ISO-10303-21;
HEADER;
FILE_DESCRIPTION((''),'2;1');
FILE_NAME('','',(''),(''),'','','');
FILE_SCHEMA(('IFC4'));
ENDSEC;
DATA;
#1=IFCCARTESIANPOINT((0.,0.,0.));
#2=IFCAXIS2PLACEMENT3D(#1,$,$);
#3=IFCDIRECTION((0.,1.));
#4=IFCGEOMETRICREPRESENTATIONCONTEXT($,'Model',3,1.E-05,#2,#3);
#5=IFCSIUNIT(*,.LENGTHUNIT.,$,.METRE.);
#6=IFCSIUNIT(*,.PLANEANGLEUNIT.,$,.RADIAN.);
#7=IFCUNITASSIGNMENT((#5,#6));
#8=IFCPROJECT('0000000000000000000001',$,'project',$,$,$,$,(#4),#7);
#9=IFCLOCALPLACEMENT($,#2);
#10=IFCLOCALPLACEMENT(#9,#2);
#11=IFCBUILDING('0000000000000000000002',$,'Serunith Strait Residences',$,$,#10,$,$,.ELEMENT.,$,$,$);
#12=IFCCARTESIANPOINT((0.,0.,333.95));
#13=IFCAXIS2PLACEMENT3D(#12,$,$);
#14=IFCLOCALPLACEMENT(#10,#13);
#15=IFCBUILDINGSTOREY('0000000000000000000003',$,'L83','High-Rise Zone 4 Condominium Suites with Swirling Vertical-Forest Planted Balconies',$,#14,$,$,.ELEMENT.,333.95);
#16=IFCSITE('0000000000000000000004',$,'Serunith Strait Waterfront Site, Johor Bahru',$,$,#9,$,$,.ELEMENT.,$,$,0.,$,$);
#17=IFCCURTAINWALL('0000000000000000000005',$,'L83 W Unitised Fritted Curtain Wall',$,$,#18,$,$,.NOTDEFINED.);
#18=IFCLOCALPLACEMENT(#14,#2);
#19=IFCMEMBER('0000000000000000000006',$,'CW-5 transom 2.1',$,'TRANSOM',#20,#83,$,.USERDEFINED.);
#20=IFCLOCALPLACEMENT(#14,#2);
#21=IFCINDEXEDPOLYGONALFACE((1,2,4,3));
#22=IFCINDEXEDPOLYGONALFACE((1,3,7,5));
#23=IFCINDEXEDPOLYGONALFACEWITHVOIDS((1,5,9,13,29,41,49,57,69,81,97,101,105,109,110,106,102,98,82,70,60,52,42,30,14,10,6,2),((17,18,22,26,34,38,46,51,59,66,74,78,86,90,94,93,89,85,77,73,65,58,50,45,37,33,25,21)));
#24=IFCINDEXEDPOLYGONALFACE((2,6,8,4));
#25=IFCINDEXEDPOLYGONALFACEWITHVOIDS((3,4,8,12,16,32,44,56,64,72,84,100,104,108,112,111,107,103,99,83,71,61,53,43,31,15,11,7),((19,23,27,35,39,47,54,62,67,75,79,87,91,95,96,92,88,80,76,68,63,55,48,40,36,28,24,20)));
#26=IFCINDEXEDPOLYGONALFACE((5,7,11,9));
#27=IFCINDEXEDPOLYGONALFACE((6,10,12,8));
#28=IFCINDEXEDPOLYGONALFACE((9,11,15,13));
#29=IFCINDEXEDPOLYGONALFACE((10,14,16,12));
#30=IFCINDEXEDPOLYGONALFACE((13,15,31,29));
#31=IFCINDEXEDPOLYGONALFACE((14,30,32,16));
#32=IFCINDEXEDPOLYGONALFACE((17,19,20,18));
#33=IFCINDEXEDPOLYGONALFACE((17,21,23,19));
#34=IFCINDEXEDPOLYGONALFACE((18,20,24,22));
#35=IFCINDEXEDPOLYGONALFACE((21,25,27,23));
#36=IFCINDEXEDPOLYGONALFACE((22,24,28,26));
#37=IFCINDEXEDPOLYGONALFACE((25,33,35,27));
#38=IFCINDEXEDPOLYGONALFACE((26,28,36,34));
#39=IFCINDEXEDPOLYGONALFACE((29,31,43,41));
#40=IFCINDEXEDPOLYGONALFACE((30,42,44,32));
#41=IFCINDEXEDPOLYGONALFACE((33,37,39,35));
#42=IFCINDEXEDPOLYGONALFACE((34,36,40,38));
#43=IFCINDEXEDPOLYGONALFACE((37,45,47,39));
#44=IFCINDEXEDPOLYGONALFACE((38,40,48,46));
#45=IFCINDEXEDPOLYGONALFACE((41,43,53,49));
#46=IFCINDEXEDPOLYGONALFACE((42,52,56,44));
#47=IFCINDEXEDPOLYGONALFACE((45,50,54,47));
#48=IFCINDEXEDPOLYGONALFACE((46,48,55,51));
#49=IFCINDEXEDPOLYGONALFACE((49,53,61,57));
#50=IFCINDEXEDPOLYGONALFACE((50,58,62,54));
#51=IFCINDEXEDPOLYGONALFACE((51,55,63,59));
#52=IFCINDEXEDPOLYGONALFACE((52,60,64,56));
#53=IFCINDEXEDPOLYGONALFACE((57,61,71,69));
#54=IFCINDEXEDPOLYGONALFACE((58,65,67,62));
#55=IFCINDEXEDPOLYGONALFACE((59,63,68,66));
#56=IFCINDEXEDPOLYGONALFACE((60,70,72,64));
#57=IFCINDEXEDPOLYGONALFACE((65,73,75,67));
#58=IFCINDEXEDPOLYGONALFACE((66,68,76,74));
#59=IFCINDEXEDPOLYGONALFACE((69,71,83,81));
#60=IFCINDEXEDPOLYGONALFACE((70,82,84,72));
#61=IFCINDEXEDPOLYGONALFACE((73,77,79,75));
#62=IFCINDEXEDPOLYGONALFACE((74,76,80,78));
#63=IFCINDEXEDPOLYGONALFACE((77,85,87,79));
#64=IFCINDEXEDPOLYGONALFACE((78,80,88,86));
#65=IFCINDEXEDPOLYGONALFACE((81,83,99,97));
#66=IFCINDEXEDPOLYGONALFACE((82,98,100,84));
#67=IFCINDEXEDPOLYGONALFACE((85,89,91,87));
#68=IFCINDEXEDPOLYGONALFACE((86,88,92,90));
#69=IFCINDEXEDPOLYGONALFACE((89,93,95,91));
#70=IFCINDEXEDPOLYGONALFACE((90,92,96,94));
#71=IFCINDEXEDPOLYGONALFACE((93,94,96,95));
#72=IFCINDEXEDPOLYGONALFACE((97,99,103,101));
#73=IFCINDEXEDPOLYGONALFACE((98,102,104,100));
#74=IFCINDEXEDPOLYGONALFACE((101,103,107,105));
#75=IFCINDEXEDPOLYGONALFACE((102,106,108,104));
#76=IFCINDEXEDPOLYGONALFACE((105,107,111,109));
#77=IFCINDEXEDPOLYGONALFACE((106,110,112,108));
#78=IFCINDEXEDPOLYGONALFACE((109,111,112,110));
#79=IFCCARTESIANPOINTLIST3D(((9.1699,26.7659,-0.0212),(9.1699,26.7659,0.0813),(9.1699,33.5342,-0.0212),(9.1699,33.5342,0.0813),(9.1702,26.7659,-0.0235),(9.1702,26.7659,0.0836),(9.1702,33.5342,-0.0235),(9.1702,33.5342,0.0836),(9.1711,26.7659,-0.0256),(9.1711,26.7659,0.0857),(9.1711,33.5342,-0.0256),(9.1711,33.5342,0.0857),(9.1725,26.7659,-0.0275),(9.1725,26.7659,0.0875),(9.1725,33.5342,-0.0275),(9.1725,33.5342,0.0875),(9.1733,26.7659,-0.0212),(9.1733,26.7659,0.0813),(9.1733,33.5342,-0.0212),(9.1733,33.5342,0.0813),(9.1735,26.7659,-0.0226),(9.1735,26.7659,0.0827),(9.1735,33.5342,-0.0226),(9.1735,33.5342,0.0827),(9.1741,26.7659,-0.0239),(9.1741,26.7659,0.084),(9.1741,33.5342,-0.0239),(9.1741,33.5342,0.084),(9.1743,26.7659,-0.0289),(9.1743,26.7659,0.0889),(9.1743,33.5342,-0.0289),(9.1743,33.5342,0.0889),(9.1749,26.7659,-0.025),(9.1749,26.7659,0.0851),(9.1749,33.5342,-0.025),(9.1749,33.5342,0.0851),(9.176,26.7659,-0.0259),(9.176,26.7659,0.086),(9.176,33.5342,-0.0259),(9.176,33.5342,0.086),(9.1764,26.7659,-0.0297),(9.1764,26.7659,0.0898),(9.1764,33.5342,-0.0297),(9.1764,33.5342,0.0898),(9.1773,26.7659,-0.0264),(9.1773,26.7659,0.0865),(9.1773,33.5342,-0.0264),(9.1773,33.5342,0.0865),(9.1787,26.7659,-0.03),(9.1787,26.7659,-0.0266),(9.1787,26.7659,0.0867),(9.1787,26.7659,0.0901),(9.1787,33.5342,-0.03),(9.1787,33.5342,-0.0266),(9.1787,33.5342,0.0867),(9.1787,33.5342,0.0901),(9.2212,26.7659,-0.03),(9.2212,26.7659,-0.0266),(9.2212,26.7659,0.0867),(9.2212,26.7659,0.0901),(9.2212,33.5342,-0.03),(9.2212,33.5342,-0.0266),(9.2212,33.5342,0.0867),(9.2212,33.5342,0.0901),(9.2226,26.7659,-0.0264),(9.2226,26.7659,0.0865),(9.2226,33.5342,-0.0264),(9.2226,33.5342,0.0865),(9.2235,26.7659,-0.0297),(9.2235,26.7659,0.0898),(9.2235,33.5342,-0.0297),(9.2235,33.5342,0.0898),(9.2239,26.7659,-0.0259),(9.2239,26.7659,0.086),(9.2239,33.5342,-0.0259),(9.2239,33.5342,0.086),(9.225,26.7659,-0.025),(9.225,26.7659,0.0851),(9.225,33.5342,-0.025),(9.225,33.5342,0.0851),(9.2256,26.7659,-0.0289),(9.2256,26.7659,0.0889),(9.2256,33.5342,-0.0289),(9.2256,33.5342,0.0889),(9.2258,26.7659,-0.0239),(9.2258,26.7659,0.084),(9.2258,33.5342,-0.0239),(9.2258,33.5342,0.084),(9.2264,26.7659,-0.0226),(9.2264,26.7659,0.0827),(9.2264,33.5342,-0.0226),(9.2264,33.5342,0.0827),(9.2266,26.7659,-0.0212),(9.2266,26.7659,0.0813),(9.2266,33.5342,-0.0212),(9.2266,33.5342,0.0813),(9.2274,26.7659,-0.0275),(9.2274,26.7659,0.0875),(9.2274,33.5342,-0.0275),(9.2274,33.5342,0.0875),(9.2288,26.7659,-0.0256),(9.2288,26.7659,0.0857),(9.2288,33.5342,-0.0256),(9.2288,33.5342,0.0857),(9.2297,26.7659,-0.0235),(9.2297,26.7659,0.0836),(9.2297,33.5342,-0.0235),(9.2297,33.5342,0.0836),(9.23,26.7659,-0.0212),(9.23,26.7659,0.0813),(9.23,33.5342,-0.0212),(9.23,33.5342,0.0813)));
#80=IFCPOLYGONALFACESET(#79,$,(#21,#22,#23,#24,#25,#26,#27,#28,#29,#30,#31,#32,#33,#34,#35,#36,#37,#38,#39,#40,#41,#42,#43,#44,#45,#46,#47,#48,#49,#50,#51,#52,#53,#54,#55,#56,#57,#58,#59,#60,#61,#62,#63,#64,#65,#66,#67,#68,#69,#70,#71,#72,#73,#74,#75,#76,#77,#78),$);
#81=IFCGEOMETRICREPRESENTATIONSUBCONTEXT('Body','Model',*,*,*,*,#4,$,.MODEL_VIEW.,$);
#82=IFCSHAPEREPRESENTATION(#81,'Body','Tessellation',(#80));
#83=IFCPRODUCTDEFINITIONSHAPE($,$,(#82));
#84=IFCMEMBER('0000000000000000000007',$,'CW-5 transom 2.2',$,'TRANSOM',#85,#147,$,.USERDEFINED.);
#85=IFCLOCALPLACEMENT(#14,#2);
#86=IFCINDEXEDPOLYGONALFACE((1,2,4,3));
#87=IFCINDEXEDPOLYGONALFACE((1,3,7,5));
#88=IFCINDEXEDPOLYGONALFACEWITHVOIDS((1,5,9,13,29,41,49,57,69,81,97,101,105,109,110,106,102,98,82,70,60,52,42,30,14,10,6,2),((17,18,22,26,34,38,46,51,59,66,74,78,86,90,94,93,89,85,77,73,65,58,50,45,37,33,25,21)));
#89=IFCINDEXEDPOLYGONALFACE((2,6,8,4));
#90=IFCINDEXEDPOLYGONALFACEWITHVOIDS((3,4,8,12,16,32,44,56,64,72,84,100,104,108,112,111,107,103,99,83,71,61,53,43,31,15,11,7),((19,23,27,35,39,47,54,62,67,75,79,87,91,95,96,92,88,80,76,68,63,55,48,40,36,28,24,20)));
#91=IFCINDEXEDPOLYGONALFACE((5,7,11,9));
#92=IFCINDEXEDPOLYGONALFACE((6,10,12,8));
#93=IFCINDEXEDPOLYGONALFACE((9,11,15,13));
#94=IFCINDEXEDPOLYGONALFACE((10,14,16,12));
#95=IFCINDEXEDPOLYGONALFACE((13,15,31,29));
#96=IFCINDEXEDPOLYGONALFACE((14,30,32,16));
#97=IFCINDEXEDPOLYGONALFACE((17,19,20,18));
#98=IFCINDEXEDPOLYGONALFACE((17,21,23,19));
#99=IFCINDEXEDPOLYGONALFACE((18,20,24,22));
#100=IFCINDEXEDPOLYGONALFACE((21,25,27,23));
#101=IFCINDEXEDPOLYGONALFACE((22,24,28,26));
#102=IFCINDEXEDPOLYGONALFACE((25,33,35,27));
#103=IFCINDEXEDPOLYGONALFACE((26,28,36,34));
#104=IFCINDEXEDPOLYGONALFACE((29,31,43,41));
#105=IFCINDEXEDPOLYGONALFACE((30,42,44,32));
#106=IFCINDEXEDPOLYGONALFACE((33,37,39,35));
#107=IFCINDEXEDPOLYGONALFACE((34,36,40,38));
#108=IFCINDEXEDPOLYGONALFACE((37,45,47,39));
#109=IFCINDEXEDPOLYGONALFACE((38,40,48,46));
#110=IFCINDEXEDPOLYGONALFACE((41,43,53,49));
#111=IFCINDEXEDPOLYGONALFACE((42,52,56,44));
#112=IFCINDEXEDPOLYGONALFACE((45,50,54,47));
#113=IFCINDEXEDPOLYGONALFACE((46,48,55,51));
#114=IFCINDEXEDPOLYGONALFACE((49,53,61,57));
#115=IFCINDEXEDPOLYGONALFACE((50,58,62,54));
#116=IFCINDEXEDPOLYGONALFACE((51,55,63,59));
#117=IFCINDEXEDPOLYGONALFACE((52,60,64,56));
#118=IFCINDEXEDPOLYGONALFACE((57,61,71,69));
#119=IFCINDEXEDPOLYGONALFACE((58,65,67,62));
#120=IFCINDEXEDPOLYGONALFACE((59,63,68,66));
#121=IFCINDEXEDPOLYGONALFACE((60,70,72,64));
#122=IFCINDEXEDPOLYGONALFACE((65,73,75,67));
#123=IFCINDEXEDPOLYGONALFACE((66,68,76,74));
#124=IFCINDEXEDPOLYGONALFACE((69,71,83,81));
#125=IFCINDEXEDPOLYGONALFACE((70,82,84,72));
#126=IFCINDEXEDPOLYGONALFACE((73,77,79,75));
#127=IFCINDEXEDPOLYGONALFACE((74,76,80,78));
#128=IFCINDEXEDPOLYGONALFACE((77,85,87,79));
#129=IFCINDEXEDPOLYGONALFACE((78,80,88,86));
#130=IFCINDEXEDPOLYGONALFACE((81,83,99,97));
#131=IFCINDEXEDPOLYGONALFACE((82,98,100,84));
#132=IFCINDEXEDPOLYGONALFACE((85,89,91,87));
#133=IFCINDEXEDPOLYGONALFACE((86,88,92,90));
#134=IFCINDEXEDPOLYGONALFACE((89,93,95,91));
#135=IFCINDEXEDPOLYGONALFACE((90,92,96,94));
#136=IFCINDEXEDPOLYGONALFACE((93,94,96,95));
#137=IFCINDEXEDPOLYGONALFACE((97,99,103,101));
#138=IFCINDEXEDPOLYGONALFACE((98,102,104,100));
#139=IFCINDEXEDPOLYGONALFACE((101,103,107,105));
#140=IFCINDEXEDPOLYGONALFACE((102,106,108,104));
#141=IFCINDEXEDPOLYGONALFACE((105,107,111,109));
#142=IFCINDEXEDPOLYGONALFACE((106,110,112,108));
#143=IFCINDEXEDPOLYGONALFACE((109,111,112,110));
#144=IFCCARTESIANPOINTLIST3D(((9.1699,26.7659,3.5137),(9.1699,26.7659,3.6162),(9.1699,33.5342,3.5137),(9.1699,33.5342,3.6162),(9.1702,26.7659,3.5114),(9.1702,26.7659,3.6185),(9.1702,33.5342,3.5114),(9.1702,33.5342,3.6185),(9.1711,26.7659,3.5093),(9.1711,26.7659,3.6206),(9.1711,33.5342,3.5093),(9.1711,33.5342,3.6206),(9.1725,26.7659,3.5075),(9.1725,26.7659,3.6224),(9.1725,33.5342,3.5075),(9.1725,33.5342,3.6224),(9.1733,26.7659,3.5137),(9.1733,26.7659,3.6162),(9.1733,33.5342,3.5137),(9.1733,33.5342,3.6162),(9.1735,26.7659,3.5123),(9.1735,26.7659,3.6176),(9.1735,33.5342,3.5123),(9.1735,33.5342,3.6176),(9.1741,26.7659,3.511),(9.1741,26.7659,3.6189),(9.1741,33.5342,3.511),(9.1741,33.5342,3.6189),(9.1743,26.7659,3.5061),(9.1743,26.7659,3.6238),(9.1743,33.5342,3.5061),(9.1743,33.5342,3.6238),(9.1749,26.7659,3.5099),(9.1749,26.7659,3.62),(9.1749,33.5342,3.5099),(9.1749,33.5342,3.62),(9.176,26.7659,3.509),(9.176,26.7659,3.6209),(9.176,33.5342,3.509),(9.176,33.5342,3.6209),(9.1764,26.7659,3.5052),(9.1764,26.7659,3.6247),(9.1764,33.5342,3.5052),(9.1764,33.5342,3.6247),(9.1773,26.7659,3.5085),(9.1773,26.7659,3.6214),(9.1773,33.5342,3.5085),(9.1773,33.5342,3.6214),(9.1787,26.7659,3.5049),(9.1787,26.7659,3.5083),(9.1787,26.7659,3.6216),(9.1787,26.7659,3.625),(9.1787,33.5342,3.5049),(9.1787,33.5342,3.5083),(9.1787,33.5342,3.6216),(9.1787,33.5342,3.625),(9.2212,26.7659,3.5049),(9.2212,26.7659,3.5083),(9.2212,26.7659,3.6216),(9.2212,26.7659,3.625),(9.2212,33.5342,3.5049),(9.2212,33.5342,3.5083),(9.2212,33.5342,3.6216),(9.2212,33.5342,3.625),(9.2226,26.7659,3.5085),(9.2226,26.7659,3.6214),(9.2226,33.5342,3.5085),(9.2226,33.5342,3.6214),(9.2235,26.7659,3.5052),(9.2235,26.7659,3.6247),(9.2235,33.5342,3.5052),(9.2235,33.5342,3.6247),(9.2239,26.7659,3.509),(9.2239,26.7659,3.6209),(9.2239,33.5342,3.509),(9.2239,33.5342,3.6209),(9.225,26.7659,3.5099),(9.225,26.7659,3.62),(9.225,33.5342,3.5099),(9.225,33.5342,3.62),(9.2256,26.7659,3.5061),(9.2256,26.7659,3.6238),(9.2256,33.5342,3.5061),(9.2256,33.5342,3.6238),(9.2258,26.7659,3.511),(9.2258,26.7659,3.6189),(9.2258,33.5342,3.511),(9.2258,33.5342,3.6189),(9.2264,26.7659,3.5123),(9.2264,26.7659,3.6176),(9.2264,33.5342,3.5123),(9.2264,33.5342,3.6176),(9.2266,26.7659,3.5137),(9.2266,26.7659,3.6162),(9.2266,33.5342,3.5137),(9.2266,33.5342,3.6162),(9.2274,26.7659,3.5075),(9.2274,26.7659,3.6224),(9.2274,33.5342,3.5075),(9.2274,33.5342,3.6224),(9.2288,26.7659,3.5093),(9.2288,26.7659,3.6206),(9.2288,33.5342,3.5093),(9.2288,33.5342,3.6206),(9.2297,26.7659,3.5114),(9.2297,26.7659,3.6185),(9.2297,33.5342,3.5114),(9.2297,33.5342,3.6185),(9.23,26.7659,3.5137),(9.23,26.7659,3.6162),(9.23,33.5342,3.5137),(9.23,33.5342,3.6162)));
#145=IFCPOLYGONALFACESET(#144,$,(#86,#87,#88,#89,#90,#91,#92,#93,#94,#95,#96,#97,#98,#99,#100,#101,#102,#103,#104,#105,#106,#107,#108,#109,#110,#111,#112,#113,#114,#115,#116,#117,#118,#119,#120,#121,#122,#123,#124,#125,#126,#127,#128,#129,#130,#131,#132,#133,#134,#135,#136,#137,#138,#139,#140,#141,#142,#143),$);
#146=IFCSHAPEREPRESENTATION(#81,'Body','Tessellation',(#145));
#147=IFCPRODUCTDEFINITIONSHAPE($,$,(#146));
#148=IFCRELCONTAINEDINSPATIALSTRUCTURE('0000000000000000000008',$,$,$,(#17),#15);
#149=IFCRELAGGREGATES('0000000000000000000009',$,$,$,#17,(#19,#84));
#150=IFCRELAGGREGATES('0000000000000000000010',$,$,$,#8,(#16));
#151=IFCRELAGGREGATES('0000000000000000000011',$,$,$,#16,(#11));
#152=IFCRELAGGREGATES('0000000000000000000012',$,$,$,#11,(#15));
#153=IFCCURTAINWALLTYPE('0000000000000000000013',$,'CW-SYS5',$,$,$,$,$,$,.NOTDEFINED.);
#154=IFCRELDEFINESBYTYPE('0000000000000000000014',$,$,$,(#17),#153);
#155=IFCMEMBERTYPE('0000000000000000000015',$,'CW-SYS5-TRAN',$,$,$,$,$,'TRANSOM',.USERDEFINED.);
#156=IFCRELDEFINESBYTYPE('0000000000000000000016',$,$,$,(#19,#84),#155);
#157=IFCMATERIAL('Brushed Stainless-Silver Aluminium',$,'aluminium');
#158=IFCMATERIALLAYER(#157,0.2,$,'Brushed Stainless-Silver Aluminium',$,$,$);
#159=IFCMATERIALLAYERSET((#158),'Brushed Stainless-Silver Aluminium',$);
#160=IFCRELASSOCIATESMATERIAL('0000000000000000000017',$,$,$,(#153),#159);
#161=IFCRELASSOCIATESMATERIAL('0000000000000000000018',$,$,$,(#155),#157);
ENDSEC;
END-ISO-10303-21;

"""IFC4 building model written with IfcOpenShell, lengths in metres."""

from ifc_helpers import new_model, si_unit, direction, frame, origin, origin_2d, place, context, subcontext, project, spatial, hollow_rectangle, extrude, source, transform, mapped, material, layer, layer_set, material_profile, profile_set, type_object, element, aggregate, save


model = new_model("IFC4")

# Units and contexts
model_context = context("Model", 3, precision=1e-05, world=origin(), true_north=direction((0.0, 1.0)))
body_context = subcontext(model_context, "Body", "Model", "MODEL_VIEW")
ifc_project = project(units=[si_unit("LENGTHUNIT", "METRE"), si_unit("PLANEANGLEUNIT", "RADIAN")], contexts=[model_context])

# Site, building, storey
site_placement = place(None, origin())
site = spatial("IfcSite", under=ifc_project, at=site_placement, Name="Serunith Strait Waterfront Site, Johor Bahru", CompositionType="ELEMENT", RefElevation=0.0)
building_placement = place(site_placement, origin())
building = spatial("IfcBuilding", under=site, at=building_placement, Name="Serunith Strait Residences", CompositionType="ELEMENT")
storey_placement = place(building_placement, frame((0.0, 0.0, 333.95)))
storey = spatial("IfcBuildingStorey", under=building, at=storey_placement, Name="L83", Description="High-Rise Zone 4 Condominium Suites with Swirling Vertical-Forest Planted Balconies", CompositionType="ELEMENT", Elevation=333.95)

# Curtain wall, members
ifc_material_1 = material(Name="Brushed Stainless-Silver Aluminium", Category="aluminium")
ifc_layer_1 = layer(ifc_material_1, 0.2, Name="Brushed Stainless-Silver Aluminium")
ifc_layer_set_1 = layer_set([ifc_layer_1], Name="Brushed Stainless-Silver Aluminium")
curtain_wall_type = type_object("IfcCurtainWallType", Name="CW-SYS5", PredefinedType="NOTDEFINED", material=ifc_layer_set_1)
curtain_wall_placement = place(storey_placement, origin())
curtain_wall = element("IfcCurtainWall", 1, at=curtain_wall_placement, inside=storey, type_object=curtain_wall_type, Name="L83 W Unitised Fritted Curtain Wall", PredefinedType="NOTDEFINED")
ifc_material_profile_1 = material_profile(ifc_material_1, hollow_rectangle(XDim=0.0601, YDim=0.1201, WallThickness=0.0034, InnerFilletRadius=0.0054, OuterFilletRadius=0.0088, at=origin_2d()), Name="ALU 120x60x3.5")
ifc_profile_set_1 = profile_set([ifc_material_profile_1], Name="Brushed Stainless-Silver Aluminium")
member_type_1 = type_object("IfcMemberType", Name="CW-SYS5-TRAN", ElementType="TRANSOM", PredefinedType="USERDEFINED", material=ifc_profile_set_1)
shared_shape_1 = source(origin(), body_context, "Body", "SweptSolid", [
    extrude(hollow_rectangle(XDim=0.0601, YDim=0.1201, WallThickness=0.0034, InnerFilletRadius=0.0054, OuterFilletRadius=0.0088, at=origin_2d()), origin(), (0.0, 0.0, 1.0), 6.7683),
])
member_1_placement = place(storey_placement, frame((9.2, 33.5342, 0.03), z_axis=(0.0, -1.0, 0.0), x_axis=(1.0, 0.0, 0.0)))
member_1 = element("IfcMember", 2, at=member_1_placement, type_object=member_type_1, Name="CW-5 transom 2.1", ObjectType="TRANSOM", PredefinedType="USERDEFINED", context=body_context, shape_type="MappedRepresentation", body=[
    mapped(shared_shape_1, transform((0.0, 0.0, 0.0), scale=1.0)),
])
member_2_placement = place(storey_placement, frame((9.2, 33.5342, 3.5649), z_axis=(0.0, -1.0, 0.0), x_axis=(1.0, 0.0, 0.0)))
member_2 = element("IfcMember", 3, at=member_2_placement, type_object=member_type_1, Name="CW-5 transom 2.2", ObjectType="TRANSOM", PredefinedType="USERDEFINED", context=body_context, shape_type="MappedRepresentation", body=[
    mapped(shared_shape_1, transform((0.0, 0.0, 0.0), scale=1.0)),
])
aggregate(curtain_wall, [member_1, member_2])

save(model, "model.ifc")
